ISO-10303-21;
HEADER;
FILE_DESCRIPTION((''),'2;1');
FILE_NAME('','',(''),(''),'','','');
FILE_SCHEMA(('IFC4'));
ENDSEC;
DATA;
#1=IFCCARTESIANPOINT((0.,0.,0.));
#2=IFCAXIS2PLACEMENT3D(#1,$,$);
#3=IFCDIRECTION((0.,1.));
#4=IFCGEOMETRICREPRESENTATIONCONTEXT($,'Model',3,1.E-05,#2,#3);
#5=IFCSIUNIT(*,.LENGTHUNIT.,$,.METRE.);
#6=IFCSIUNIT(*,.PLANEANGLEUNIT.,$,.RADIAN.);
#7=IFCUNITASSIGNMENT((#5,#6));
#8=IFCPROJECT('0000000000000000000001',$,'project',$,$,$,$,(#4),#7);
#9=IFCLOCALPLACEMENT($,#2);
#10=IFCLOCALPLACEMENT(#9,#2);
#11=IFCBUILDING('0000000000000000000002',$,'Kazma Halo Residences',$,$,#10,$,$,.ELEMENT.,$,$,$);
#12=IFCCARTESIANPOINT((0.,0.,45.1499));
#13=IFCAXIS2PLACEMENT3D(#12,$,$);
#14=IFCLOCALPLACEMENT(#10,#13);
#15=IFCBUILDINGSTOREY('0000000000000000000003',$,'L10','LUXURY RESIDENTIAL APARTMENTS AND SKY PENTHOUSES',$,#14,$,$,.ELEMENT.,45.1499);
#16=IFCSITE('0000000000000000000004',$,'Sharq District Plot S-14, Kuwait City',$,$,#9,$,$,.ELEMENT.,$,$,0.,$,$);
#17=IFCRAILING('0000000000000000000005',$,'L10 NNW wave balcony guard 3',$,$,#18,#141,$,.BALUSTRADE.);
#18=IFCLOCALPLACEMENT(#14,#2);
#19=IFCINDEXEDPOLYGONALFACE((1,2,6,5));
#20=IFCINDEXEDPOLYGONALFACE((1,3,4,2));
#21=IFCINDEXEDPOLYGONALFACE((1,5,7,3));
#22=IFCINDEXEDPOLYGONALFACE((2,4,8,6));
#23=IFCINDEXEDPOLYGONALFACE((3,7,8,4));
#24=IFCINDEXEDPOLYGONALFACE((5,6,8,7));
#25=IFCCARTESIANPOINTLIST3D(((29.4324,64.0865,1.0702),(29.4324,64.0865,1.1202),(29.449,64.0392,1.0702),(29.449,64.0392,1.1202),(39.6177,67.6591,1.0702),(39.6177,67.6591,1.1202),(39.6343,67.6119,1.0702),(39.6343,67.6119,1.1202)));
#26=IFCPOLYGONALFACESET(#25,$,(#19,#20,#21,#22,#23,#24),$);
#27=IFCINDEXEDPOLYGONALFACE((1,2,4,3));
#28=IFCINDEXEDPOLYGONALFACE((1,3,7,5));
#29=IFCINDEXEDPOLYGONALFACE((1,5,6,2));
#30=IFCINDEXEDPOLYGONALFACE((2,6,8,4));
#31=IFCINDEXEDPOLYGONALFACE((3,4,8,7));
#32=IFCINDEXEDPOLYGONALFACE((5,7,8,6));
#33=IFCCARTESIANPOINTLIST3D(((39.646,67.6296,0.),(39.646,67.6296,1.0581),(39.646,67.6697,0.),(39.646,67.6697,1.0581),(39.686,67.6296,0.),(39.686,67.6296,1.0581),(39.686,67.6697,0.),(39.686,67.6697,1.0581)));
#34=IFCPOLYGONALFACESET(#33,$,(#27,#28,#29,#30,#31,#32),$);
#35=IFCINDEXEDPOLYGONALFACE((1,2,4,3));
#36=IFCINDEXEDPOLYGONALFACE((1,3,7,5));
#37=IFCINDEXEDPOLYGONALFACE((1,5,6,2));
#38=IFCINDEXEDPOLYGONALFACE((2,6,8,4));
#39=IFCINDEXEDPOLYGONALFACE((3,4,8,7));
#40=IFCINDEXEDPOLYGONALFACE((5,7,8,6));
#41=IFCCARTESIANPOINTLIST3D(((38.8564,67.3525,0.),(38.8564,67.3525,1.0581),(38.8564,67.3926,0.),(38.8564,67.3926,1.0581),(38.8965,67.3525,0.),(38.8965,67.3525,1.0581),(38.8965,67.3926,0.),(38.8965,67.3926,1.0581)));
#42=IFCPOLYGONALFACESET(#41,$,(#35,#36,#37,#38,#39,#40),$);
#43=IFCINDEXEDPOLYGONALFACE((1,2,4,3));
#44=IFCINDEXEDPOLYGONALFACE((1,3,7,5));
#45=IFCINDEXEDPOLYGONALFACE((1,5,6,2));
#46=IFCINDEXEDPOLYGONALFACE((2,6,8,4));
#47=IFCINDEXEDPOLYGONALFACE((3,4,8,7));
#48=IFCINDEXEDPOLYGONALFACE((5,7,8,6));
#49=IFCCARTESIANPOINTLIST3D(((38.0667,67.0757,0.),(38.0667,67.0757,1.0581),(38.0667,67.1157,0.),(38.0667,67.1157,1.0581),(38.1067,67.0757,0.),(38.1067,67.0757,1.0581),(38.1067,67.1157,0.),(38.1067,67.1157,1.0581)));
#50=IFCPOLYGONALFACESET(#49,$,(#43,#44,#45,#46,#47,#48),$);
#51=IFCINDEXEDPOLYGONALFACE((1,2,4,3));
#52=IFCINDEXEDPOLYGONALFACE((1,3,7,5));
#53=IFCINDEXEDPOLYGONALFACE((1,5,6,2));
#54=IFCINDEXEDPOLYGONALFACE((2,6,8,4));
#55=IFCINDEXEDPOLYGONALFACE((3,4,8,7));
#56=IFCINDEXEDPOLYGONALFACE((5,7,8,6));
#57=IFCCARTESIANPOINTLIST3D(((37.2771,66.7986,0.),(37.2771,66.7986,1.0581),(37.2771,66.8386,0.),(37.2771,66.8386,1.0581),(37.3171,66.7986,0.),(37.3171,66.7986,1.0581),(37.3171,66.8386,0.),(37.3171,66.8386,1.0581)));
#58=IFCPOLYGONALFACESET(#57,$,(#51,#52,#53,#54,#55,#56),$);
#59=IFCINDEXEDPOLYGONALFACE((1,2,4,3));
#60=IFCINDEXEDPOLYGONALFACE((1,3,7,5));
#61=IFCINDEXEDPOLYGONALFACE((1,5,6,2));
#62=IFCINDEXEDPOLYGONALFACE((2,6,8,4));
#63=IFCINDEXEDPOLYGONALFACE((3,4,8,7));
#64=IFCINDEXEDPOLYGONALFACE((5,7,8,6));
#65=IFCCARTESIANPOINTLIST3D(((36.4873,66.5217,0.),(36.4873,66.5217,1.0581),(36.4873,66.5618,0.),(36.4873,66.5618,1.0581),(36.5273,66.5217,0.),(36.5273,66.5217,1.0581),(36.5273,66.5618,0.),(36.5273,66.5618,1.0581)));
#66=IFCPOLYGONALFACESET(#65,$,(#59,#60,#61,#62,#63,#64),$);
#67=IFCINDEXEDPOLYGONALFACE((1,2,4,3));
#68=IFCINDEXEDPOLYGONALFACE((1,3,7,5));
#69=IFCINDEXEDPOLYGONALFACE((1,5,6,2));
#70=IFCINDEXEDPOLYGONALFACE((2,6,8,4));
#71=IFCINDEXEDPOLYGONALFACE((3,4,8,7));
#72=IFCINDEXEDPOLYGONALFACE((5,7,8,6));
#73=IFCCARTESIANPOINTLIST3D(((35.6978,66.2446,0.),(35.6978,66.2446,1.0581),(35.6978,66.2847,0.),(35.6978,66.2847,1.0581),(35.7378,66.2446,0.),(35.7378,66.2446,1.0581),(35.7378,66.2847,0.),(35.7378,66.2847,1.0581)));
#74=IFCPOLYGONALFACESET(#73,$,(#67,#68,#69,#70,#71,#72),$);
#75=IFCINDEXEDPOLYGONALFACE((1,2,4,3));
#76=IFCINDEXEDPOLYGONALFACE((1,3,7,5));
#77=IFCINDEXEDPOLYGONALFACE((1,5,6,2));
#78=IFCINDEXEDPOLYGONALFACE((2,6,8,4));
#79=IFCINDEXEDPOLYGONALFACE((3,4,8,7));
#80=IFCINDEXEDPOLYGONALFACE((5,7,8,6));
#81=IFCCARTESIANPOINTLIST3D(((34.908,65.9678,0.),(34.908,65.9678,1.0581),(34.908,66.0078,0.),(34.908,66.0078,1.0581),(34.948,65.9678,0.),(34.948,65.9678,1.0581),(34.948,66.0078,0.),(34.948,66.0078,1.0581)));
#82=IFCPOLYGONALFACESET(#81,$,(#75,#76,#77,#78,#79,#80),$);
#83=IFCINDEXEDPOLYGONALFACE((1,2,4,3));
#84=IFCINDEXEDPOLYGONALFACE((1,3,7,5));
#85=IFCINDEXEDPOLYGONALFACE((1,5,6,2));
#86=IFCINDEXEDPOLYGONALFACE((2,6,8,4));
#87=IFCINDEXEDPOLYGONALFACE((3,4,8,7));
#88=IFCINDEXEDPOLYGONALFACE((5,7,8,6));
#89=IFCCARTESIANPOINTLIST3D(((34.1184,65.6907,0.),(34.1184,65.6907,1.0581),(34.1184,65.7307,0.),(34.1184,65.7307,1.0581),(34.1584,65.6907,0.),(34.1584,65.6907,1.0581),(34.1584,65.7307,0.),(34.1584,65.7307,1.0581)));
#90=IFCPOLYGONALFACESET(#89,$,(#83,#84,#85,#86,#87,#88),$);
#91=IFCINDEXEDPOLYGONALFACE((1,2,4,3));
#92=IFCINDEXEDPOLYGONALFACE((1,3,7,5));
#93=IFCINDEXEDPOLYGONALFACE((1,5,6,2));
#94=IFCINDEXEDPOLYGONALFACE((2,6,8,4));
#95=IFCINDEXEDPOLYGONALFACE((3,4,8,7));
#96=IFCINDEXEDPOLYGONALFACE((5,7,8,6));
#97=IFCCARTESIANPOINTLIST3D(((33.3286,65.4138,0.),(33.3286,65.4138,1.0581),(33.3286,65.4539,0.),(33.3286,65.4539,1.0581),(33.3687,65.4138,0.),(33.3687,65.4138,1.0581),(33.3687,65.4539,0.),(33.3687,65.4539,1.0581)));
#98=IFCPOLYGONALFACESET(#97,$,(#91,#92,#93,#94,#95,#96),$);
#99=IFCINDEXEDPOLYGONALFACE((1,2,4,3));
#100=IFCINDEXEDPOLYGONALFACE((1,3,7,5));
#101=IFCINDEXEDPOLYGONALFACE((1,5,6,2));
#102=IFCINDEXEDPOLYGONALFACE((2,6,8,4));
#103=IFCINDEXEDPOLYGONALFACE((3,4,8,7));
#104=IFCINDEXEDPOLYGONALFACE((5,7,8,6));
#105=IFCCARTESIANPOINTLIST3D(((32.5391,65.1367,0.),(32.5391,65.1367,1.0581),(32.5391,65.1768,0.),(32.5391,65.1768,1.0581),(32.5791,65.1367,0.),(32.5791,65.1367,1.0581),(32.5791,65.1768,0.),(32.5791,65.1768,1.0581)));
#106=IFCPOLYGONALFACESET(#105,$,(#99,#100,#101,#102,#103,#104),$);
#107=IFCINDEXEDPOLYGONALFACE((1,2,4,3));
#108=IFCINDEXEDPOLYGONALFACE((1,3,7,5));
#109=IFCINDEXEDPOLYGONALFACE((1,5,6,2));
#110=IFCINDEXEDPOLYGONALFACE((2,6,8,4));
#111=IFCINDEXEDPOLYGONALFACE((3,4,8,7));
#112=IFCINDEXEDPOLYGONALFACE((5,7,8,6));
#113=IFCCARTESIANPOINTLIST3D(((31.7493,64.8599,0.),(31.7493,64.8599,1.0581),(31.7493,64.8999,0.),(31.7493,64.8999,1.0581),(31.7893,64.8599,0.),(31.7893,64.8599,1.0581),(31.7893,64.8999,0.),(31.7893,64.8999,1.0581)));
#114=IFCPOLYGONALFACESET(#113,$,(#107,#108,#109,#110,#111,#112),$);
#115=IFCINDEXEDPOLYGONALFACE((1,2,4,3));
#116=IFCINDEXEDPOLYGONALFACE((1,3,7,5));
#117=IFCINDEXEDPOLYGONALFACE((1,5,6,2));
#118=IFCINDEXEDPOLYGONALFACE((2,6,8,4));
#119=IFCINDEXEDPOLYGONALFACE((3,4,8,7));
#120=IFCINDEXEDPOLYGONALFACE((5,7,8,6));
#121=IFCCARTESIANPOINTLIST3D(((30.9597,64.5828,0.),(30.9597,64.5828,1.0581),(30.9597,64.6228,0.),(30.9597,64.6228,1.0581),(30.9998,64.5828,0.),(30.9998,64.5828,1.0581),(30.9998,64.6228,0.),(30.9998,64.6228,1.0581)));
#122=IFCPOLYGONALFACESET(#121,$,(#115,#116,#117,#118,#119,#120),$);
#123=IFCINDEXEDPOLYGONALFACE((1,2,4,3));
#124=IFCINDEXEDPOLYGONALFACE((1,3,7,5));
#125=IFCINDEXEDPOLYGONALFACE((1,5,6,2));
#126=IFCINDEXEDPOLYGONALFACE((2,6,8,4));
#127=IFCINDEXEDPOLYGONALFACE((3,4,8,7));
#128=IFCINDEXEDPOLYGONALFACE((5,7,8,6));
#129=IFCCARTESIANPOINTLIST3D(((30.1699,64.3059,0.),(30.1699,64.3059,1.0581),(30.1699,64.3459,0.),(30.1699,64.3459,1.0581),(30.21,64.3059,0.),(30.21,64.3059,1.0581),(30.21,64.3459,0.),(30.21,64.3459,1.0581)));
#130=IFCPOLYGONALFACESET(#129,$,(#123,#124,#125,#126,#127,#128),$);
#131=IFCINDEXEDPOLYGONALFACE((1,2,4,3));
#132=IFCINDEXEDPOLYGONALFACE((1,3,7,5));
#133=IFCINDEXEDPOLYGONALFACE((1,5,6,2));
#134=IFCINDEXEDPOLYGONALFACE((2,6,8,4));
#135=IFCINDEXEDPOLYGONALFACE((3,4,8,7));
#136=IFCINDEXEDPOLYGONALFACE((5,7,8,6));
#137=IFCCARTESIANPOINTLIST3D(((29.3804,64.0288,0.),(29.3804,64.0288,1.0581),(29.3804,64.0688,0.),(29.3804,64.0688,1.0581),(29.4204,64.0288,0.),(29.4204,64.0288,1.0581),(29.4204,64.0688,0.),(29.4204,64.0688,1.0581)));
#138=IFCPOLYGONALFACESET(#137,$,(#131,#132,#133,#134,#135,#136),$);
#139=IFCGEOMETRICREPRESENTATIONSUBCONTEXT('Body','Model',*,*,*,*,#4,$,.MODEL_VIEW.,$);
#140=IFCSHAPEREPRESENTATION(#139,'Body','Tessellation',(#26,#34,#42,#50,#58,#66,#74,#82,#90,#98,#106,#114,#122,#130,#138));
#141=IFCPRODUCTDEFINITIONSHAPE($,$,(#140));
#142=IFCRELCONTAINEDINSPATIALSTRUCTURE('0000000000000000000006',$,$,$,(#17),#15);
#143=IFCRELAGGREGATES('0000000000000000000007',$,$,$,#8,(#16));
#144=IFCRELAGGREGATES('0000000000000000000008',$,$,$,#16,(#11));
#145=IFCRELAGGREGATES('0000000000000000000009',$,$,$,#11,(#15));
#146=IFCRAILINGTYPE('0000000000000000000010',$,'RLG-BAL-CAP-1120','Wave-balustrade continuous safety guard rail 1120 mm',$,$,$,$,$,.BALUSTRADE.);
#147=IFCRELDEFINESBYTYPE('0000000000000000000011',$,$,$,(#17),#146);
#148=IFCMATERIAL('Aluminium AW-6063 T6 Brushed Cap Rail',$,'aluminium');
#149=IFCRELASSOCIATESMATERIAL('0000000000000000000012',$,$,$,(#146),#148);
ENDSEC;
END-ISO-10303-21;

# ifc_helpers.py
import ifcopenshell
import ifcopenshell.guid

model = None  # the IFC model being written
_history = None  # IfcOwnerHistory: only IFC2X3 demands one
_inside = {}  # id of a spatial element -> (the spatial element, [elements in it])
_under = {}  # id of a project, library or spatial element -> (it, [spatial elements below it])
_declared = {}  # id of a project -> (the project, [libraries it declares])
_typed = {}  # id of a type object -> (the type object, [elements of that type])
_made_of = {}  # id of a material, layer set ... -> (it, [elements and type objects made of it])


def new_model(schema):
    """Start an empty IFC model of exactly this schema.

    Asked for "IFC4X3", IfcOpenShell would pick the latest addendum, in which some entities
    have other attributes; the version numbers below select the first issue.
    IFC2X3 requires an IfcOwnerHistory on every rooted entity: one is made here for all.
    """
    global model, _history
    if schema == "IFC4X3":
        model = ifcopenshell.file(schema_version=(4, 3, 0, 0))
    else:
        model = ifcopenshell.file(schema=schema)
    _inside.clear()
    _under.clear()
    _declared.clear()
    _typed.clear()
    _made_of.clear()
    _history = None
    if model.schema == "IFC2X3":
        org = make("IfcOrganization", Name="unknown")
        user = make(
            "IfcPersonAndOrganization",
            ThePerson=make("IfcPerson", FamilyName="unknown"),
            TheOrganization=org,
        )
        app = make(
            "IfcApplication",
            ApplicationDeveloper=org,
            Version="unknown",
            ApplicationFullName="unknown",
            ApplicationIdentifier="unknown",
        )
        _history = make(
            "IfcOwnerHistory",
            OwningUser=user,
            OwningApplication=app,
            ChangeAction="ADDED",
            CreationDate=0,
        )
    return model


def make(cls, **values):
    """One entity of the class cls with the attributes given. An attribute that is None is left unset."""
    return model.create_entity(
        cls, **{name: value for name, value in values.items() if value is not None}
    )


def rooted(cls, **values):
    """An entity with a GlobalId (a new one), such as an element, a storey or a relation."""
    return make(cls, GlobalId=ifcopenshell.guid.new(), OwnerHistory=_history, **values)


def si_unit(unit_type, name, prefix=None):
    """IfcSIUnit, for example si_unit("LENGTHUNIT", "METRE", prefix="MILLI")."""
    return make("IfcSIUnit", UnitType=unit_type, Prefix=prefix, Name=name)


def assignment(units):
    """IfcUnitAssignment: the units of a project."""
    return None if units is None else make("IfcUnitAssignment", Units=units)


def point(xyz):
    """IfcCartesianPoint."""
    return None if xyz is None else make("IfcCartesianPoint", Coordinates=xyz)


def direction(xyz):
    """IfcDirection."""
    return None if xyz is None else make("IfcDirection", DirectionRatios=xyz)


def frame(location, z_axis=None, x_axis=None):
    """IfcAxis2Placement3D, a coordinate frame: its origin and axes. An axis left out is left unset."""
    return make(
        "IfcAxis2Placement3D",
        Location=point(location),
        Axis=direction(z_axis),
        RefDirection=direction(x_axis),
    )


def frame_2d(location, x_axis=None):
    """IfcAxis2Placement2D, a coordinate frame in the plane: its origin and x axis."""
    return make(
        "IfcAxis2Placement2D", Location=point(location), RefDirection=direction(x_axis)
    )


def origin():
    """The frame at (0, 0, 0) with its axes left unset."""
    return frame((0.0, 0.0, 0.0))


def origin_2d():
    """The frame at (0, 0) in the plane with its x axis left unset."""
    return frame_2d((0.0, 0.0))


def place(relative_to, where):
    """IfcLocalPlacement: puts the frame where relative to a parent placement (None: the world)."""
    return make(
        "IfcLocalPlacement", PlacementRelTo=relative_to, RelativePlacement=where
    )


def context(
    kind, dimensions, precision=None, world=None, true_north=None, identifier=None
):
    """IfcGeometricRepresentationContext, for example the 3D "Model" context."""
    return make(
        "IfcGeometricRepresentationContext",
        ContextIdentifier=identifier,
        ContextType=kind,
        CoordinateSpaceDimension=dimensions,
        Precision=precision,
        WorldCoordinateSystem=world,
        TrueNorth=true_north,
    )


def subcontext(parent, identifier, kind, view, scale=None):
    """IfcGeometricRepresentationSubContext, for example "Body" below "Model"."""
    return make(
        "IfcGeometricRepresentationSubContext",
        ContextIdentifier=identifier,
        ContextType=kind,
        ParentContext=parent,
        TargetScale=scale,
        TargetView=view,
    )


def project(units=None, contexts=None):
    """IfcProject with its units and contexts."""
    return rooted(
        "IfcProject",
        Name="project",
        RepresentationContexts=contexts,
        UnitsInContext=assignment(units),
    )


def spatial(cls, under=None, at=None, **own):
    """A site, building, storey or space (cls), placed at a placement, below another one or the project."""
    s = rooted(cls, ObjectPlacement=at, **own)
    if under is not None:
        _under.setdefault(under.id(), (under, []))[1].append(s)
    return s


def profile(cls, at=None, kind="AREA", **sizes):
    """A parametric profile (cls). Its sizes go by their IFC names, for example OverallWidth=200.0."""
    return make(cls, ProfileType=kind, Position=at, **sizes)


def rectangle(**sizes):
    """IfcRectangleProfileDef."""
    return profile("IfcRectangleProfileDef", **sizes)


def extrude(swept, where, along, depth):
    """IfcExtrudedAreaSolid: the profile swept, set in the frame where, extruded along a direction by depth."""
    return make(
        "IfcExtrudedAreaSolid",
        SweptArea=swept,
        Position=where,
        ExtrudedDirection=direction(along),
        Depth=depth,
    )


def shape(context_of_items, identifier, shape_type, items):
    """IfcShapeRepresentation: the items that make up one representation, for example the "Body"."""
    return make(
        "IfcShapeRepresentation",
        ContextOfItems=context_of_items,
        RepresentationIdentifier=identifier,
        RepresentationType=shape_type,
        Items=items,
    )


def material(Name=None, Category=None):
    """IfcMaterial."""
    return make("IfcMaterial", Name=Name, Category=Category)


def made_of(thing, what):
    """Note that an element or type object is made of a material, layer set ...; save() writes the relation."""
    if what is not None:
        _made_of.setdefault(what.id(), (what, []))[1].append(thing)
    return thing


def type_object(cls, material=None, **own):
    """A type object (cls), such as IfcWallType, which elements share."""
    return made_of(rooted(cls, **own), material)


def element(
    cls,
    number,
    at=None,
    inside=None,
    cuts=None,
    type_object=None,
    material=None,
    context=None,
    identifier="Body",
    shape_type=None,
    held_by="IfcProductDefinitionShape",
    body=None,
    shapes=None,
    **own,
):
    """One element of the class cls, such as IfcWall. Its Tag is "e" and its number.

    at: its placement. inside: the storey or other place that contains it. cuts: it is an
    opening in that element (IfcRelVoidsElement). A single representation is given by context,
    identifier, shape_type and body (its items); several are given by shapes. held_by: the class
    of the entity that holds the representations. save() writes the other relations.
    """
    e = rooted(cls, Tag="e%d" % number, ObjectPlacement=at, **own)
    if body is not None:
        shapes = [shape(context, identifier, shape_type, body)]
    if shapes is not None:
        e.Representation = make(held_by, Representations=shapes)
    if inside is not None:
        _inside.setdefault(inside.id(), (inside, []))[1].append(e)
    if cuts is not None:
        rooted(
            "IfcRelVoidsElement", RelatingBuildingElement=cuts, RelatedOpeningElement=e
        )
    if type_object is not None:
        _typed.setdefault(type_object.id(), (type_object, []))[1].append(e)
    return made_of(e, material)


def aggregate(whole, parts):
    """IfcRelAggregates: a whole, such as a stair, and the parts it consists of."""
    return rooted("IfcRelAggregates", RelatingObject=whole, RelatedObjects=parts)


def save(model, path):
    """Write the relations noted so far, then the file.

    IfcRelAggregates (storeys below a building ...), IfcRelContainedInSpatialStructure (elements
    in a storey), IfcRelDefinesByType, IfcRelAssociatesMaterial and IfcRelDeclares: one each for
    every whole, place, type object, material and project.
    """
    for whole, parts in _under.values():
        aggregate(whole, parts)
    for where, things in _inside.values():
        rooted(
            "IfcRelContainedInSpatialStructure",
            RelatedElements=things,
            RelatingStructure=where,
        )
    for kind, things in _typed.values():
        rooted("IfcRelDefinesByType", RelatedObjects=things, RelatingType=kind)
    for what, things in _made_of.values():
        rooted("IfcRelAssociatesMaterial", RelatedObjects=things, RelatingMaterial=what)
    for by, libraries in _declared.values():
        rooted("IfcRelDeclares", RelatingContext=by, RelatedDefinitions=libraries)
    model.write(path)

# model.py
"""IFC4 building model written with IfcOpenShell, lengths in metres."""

from ifc_helpers import new_model, si_unit, direction, frame, origin, origin_2d, place, context, subcontext, project, spatial, rectangle, extrude, material, type_object, element, save


model = new_model("IFC4")

# Units and contexts
model_context = context("Model", 3, precision=1e-05, world=origin(), true_north=direction((0.0, 1.0)))
body_context = subcontext(model_context, "Body", "Model", "MODEL_VIEW")
ifc_project = project(units=[si_unit("LENGTHUNIT", "METRE"), si_unit("PLANEANGLEUNIT", "RADIAN")], contexts=[model_context])

# Site, building, storey
site_placement = place(None, origin())
site = spatial("IfcSite", under=ifc_project, at=site_placement, Name="Sharq District Plot S-14, Kuwait City", CompositionType="ELEMENT", RefElevation=0.0)
building_placement = place(site_placement, origin())
building = spatial("IfcBuilding", under=site, at=building_placement, Name="Kazma Halo Residences", CompositionType="ELEMENT")
storey_placement = place(building_placement, frame((0.0, 0.0, 45.1499)))
storey = spatial("IfcBuildingStorey", under=building, at=storey_placement, Name="L10", Description="LUXURY RESIDENTIAL APARTMENTS AND SKY PENTHOUSES", CompositionType="ELEMENT", Elevation=45.1499)

# Railing
ifc_material_1 = material(Name="Aluminium AW-6063 T6 Brushed Cap Rail", Category="aluminium")
railing_type = type_object("IfcRailingType", Name="RLG-BAL-CAP-1120", Description="Wave-balustrade continuous safety guard rail 1120 mm", PredefinedType="BALUSTRADE", material=ifc_material_1)
railing_placement = place(storey_placement, frame((39.666, 67.6497, 0.0)))
element("IfcRailing", 1, at=railing_placement, inside=storey, type_object=railing_type, Name="L10 NNW wave balcony guard 3", PredefinedType="BALUSTRADE", context=body_context, shape_type="SweptSolid", body=[
    extrude(rectangle(XDim=0.05, YDim=0.05, at=origin_2d()), frame((-0.04, -0.0142, 1.0952), z_axis=(-0.943633, -0.330994, 0.0), x_axis=(0.330994, -0.943633, 0.0)), (0.0, 0.0, 1.0), 10.7937),
    extrude(rectangle(XDim=0.04, YDim=0.04, at=origin_2d()), origin(), (0.0, 0.0, 1.0), 1.0581),
    extrude(rectangle(XDim=0.04, YDim=0.04, at=origin_2d()), frame((-0.7896, -0.2771, 0.0)), (0.0, 0.0, 1.0), 1.0581),
    extrude(rectangle(XDim=0.04, YDim=0.04, at=origin_2d()), frame((-1.5793, -0.554, 0.0)), (0.0, 0.0, 1.0), 1.0581),
    extrude(rectangle(XDim=0.04, YDim=0.04, at=origin_2d()), frame((-2.3689, -0.8311, 0.0)), (0.0, 0.0, 1.0), 1.0581),
    extrude(rectangle(XDim=0.04, YDim=0.04, at=origin_2d()), frame((-3.1587, -1.1079, 0.0)), (0.0, 0.0, 1.0), 1.0581),
    extrude(rectangle(XDim=0.04, YDim=0.04, at=origin_2d()), frame((-3.9482, -1.385, 0.0)), (0.0, 0.0, 1.0), 1.0581),
    extrude(rectangle(XDim=0.04, YDim=0.04, at=origin_2d()), frame((-4.738, -1.6619, 0.0)), (0.0, 0.0, 1.0), 1.0581),
    extrude(rectangle(XDim=0.04, YDim=0.04, at=origin_2d()), frame((-5.5276, -1.939, 0.0)), (0.0, 0.0, 1.0), 1.0581),
    extrude(rectangle(XDim=0.04, YDim=0.04, at=origin_2d()), frame((-6.3174, -2.2158, 0.0)), (0.0, 0.0, 1.0), 1.0581),
    extrude(rectangle(XDim=0.04, YDim=0.04, at=origin_2d()), frame((-7.1069, -2.4929, 0.0)), (0.0, 0.0, 1.0), 1.0581),
    extrude(rectangle(XDim=0.04, YDim=0.04, at=origin_2d()), frame((-7.8967, -2.7698, 0.0)), (0.0, 0.0, 1.0), 1.0581),
    extrude(rectangle(XDim=0.04, YDim=0.04, at=origin_2d()), frame((-8.6863, -3.0469, 0.0)), (0.0, 0.0, 1.0), 1.0581),
    extrude(rectangle(XDim=0.04, YDim=0.04, at=origin_2d()), frame((-9.4761, -3.3237, 0.0)), (0.0, 0.0, 1.0), 1.0581),
    extrude(rectangle(XDim=0.04, YDim=0.04, at=origin_2d()), frame((-10.2656, -3.6008, 0.0)), (0.0, 0.0, 1.0), 1.0581),
])

save(model, "model.ifc")
